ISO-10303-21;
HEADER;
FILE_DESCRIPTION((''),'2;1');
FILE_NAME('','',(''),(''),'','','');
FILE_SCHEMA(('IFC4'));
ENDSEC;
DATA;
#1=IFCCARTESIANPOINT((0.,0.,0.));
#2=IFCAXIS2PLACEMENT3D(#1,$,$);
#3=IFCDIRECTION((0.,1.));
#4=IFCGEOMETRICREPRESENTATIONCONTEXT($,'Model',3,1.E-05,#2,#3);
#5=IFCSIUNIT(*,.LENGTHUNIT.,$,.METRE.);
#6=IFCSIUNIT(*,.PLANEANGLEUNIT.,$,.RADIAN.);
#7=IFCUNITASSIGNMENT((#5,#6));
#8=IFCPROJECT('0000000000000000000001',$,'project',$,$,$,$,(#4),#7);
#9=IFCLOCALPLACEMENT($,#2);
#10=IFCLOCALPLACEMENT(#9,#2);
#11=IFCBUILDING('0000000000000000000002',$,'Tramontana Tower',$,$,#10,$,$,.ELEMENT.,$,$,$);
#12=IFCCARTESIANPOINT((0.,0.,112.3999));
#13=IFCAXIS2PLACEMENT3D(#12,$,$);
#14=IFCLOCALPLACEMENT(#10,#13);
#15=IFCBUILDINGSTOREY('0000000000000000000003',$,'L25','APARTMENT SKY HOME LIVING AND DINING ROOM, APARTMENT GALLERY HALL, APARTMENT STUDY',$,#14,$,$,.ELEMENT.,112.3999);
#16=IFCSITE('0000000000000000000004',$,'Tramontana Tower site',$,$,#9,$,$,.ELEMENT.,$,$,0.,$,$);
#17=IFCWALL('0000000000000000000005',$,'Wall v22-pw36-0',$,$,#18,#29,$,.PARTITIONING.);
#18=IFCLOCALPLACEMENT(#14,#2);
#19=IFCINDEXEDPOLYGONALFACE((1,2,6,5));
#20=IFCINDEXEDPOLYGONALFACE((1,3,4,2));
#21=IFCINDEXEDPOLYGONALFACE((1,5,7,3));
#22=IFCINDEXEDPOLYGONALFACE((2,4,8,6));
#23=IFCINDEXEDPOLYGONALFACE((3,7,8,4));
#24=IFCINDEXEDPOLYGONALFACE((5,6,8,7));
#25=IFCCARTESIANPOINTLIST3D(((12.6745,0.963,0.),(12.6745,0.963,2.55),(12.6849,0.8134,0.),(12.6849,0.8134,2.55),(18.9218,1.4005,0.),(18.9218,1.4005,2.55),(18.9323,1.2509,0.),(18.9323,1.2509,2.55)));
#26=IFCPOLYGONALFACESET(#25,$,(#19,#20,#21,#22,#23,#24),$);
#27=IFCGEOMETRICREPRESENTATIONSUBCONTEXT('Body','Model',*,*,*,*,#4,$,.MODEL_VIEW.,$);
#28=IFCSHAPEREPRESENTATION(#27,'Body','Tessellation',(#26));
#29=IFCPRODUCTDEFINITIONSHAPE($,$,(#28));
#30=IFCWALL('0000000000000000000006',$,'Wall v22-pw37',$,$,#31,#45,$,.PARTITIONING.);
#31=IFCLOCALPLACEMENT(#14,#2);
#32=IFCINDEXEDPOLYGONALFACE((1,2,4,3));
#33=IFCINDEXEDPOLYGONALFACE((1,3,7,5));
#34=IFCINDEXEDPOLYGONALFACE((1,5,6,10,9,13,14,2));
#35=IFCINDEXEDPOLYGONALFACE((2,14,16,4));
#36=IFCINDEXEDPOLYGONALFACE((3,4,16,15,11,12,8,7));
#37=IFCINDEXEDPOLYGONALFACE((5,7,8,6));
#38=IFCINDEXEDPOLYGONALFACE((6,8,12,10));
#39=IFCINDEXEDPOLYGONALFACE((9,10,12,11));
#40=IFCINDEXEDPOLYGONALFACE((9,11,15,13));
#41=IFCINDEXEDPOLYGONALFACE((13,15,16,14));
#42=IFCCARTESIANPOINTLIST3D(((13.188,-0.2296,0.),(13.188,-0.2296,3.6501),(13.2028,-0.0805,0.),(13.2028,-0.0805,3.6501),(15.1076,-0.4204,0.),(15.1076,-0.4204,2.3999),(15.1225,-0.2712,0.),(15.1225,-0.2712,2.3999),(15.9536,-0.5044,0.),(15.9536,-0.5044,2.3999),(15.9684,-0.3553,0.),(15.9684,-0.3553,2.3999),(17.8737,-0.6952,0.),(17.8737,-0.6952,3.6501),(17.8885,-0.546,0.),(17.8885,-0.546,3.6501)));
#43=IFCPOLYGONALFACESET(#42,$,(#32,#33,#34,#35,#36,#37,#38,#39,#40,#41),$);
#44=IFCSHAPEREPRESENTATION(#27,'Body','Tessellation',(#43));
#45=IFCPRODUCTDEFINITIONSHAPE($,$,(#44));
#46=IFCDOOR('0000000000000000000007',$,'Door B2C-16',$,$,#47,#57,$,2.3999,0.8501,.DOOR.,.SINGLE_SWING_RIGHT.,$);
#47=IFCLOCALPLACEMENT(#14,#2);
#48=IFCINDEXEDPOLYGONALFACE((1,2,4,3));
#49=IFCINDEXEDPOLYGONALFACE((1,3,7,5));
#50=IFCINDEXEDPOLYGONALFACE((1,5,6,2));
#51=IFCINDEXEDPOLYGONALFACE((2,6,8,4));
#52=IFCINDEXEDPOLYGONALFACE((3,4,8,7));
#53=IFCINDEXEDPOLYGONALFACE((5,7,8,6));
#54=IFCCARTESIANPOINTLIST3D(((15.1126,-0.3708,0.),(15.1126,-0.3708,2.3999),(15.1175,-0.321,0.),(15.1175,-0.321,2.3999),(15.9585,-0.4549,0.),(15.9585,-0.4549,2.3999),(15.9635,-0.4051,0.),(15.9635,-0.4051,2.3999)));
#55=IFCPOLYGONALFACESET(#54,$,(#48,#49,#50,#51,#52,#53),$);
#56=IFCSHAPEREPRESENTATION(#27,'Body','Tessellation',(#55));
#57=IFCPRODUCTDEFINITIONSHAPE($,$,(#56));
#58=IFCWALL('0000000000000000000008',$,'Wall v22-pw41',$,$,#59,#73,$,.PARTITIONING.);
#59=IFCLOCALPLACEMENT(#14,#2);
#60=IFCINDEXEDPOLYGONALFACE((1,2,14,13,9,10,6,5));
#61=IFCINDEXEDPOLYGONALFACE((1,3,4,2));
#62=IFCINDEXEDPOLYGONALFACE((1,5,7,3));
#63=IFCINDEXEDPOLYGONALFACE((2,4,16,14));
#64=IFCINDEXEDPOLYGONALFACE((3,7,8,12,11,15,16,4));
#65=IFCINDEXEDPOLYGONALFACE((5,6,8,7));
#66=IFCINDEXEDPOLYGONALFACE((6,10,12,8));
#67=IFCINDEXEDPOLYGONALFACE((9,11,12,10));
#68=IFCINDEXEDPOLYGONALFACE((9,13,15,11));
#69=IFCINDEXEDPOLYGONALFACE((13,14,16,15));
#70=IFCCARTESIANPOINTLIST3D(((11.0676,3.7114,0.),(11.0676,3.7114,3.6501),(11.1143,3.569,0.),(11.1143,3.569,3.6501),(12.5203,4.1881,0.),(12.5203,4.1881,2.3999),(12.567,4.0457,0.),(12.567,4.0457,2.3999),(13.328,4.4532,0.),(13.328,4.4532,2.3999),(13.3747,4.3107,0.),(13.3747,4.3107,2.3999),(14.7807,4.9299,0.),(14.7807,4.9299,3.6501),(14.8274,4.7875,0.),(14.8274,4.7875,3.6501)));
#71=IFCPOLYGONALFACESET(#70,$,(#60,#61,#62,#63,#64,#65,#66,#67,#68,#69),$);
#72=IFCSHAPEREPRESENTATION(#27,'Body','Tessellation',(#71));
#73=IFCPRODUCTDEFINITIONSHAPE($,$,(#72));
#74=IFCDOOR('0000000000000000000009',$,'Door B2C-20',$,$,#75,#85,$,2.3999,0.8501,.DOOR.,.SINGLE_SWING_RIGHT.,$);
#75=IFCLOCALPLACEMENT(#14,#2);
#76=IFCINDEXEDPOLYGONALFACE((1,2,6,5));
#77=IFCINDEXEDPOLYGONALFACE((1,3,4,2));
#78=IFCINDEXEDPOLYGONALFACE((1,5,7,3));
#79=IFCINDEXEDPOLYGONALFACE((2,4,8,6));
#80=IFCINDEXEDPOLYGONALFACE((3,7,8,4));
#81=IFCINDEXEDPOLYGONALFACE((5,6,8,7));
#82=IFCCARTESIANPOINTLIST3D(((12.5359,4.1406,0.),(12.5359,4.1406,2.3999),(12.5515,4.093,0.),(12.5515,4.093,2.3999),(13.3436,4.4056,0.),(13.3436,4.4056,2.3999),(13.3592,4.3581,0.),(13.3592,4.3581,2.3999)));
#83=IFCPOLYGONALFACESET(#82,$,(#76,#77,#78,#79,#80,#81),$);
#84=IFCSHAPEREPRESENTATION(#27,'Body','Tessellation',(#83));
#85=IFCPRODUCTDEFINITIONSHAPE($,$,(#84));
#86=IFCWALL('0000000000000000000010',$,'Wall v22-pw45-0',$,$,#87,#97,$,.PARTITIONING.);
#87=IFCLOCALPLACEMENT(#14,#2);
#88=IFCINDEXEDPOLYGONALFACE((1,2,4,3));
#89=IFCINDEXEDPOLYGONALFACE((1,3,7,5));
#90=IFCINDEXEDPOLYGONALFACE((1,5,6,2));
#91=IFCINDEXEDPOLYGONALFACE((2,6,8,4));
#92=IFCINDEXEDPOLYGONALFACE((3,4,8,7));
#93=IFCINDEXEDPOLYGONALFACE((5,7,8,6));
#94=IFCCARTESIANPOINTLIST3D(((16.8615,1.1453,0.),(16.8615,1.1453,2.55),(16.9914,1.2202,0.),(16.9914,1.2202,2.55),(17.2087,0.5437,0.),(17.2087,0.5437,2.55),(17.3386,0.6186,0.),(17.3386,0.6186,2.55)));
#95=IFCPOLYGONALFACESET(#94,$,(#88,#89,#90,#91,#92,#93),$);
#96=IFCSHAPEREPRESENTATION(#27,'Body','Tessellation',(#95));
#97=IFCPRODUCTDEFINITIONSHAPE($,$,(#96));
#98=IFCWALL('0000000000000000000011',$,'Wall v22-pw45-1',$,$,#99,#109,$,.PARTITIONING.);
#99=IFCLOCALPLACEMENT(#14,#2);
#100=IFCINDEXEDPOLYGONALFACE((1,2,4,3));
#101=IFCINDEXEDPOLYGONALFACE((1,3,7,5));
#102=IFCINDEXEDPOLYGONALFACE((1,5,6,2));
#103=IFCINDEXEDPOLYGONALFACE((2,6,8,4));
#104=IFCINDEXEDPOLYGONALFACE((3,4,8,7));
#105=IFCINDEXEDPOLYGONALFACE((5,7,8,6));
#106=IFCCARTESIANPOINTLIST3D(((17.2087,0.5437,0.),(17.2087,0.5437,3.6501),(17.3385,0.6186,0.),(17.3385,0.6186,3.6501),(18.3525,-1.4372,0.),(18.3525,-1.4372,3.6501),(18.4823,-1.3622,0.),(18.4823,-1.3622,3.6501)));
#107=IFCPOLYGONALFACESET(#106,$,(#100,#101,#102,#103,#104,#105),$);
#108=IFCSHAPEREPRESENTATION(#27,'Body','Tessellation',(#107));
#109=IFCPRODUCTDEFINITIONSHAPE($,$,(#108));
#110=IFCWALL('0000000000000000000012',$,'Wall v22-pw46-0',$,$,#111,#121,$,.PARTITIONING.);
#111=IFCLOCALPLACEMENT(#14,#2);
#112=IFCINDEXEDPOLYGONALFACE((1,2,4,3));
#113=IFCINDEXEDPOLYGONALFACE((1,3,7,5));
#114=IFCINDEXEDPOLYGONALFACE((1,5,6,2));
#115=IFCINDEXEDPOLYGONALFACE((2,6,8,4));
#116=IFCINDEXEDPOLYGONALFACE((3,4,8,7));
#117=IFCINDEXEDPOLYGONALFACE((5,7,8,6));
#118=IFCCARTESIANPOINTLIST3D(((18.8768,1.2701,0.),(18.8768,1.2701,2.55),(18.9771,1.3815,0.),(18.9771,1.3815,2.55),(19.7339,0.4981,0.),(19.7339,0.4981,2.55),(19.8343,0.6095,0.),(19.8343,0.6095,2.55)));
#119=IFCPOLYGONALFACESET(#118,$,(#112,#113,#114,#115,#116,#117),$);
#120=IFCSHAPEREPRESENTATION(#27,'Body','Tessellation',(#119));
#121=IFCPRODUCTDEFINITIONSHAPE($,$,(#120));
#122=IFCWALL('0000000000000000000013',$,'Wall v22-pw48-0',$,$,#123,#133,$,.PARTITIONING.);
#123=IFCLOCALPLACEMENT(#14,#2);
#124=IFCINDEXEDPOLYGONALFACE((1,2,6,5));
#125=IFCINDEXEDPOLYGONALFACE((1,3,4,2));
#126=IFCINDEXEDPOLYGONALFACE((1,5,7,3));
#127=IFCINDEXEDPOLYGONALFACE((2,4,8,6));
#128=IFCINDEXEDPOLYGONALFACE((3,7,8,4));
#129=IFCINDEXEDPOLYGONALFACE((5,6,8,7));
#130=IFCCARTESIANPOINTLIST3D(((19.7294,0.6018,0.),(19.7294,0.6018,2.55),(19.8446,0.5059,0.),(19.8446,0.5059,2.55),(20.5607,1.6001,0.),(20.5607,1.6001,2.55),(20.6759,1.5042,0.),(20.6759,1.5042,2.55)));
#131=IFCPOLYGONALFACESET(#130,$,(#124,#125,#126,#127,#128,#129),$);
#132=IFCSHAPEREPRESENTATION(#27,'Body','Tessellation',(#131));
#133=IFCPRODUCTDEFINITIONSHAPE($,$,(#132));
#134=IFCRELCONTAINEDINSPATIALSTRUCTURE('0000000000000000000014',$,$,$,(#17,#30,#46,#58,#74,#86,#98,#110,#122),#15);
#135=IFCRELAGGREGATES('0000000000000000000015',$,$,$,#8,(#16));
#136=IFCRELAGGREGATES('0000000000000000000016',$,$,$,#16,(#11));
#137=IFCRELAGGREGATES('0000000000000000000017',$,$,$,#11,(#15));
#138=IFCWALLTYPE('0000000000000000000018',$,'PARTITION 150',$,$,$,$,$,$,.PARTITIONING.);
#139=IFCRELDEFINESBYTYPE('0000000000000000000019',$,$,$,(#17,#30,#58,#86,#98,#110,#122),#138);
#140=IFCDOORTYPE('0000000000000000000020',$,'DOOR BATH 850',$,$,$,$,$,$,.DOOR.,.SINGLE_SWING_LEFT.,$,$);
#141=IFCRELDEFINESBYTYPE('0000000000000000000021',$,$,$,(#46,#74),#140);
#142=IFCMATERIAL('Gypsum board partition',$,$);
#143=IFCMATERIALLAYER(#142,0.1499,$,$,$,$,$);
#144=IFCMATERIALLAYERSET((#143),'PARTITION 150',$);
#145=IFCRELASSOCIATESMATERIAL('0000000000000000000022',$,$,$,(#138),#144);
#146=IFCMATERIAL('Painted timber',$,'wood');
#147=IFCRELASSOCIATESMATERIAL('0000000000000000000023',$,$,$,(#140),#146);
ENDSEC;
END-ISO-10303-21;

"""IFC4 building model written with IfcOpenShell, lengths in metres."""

from ifc_helpers import new_model, si_unit, direction, frame, frame_2d, origin, place, context, subcontext, project, spatial, rectangle, extrude, material, layer, layer_set, type_object, element, fill, save


model = new_model("IFC4")

# Units and contexts
model_context = context("Model", 3, precision=1e-05, world=origin(), true_north=direction((0.0, 1.0)))
body_context = subcontext(model_context, "Body", "Model", "MODEL_VIEW")
ifc_project = project(units=[si_unit("LENGTHUNIT", "METRE"), si_unit("PLANEANGLEUNIT", "RADIAN")], contexts=[model_context])

# Site, building, storey
site_placement = place(None, origin())
site = spatial("IfcSite", under=ifc_project, at=site_placement, Name="Tramontana Tower site", CompositionType="ELEMENT", RefElevation=0.0)
building_placement = place(site_placement, origin())
building = spatial("IfcBuilding", under=site, at=building_placement, Name="Tramontana Tower", CompositionType="ELEMENT")
storey_placement = place(building_placement, frame((0.0, 0.0, 112.3999)))
storey = spatial("IfcBuildingStorey", under=building, at=storey_placement, Name="L25", Description="APARTMENT SKY HOME LIVING AND DINING ROOM, APARTMENT GALLERY HALL, APARTMENT STUDY", CompositionType="ELEMENT", Elevation=112.3999)

# Shared definitions
ifc_material_1 = material(Name="Gypsum board partition")
ifc_layer_1 = layer(ifc_material_1, 0.1499)
ifc_layer_set_1 = layer_set([ifc_layer_1], Name="PARTITION 150")
wall_type_1 = type_object("IfcWallType", Name="PARTITION 150", PredefinedType="PARTITIONING", material=ifc_layer_set_1)

# Wall
wall_1_placement = place(storey_placement, frame((12.6797, 0.8882, 0.0), z_axis=(0.0, 0.0, 1.0), x_axis=(0.997557, 0.069859, 0.0)))
element("IfcWall", 1, at=wall_1_placement, inside=storey, type_object=wall_type_1, Name="Wall v22-pw36-0", PredefinedType="PARTITIONING", context=body_context, shape_type="SweptSolid", body=[
    extrude(rectangle(XDim=6.2627, YDim=0.1499, at=frame_2d((3.1313, 0.0))), origin(), (0.0, 0.0, 1.0), 2.55),
])

# Walls, openings, doors
wall_2_placement = place(storey_placement, frame((13.1953, -0.155, 0.0), z_axis=(0.0, 0.0, 1.0), x_axis=(0.9951, -0.098877, 0.0)))
wall_2 = element("IfcWall", 2, at=wall_2_placement, inside=storey, type_object=wall_type_1, Name="Wall v22-pw37", PredefinedType="PARTITIONING", context=body_context, shape_type="SweptSolid", body=[
    extrude(rectangle(XDim=4.7087, YDim=0.1499, at=frame_2d((2.3545, 0.0))), origin(), (0.0, 0.0, 1.0), 3.6501),
])
opening_1_placement = place(wall_2_placement, frame((1.9292, 0.0, 0.0)))
opening_1 = element("IfcOpeningElement", 3, at=opening_1_placement, cuts=wall_2, PredefinedType="OPENING", context=body_context, shape_type="SweptSolid", body=[
    extrude(rectangle(XDim=0.8501, YDim=2.3999, at=frame_2d((0.425, 1.2))), frame((0.0, 0.085, 0.0), z_axis=(0.0, -1.0, 0.0), x_axis=(1.0, 0.0, 0.0)), (0.0, 0.0, 1.0), 0.1699),
])
ifc_material_2 = material(Name="Painted timber", Category="wood")
door_type_1 = type_object("IfcDoorType", Name="DOOR BATH 850", OperationType="SINGLE_SWING_LEFT", PredefinedType="DOOR", material=ifc_material_2)
door_1_placement = place(opening_1_placement, origin())
door_1 = element("IfcDoor", 4, at=door_1_placement, inside=storey, type_object=door_type_1, Name="Door B2C-16", OperationType="SINGLE_SWING_RIGHT", OverallHeight=2.3999, OverallWidth=0.8501, PredefinedType="DOOR", context=body_context, shape_type="SweptSolid", body=[
    extrude(rectangle(XDim=0.8501, YDim=2.3999, at=frame_2d((0.425, 1.2))), frame((0.0, 0.0249, 0.0), z_axis=(0.0, -1.0, 0.0), x_axis=(1.0, 0.0, 0.0)), (0.0, 0.0, 1.0), 0.05),
])
fill(opening_1, door_1)
wall_3_placement = place(storey_placement, frame((11.0908, 3.6401, 0.0), z_axis=(0.0, 0.0, 1.0), x_axis=(0.950147, 0.311801, 0.0)))
wall_3 = element("IfcWall", 5, at=wall_3_placement, inside=storey, type_object=wall_type_1, Name="Wall v22-pw41", PredefinedType="PARTITIONING", context=body_context, shape_type="SweptSolid", body=[
    extrude(rectangle(XDim=3.908, YDim=0.1499, at=frame_2d((1.9541, 0.0))), origin(), (0.0, 0.0, 1.0), 3.6501),
])
opening_2_placement = place(wall_3_placement, frame((1.5291, 0.0, 0.0)))
opening_2 = element("IfcOpeningElement", 6, at=opening_2_placement, cuts=wall_3, PredefinedType="OPENING", context=body_context, shape_type="SweptSolid", body=[
    extrude(rectangle(XDim=0.8501, YDim=2.3999, at=frame_2d((0.425, 1.2))), frame((0.0, 0.085, 0.0), z_axis=(0.0, -1.0, 0.0), x_axis=(1.0, 0.0, 0.0)), (0.0, 0.0, 1.0), 0.1699),
])
door_2_placement = place(opening_2_placement, origin())
door_2 = element("IfcDoor", 7, at=door_2_placement, inside=storey, type_object=door_type_1, Name="Door B2C-20", OperationType="SINGLE_SWING_RIGHT", OverallHeight=2.3999, OverallWidth=0.8501, PredefinedType="DOOR", context=body_context, shape_type="SweptSolid", body=[
    extrude(rectangle(XDim=0.8501, YDim=2.3999, at=frame_2d((0.425, 1.2))), frame((0.0, 0.0249, 0.0), z_axis=(0.0, -1.0, 0.0), x_axis=(1.0, 0.0, 0.0)), (0.0, 0.0, 1.0), 0.05),
])
fill(opening_2, door_2)

# Walls
wall_4_placement = place(storey_placement, frame((16.9265, 1.1826, 0.0), z_axis=(0.0, 0.0, 1.0), x_axis=(0.499844, -0.866115, 0.0)))
element("IfcWall", 8, at=wall_4_placement, inside=storey, type_object=wall_type_1, Name="Wall v22-pw45-0", PredefinedType="PARTITIONING", context=body_context, shape_type="SweptSolid", body=[
    extrude(rectangle(XDim=0.6946, YDim=0.1499, at=frame_2d((0.3472, 0.0))), origin(), (0.0, 0.0, 1.0), 2.55),
])
wall_5_placement = place(storey_placement, frame((17.2737, 0.5811, 0.0), z_axis=(0.0, 0.0, 1.0), x_axis=(0.50003, -0.866008, 0.0)))
element("IfcWall", 9, at=wall_5_placement, inside=storey, type_object=wall_type_1, Name="Wall v22-pw45-1", PredefinedType="PARTITIONING", context=body_context, shape_type="SweptSolid", body=[
    extrude(rectangle(XDim=2.2874, YDim=0.1499, at=frame_2d((1.1436, 0.0))), origin(), (0.0, 0.0, 1.0), 3.6501),
])

# Walls
wall_6_placement = place(storey_placement, frame((18.927, 1.3257, 0.0), z_axis=(0.0, 0.0, 1.0), x_axis=(0.743073, -0.66921, 0.0)))
element("IfcWall", 10, at=wall_6_placement, inside=storey, type_object=wall_type_1, Name="Wall v22-pw46-0", PredefinedType="PARTITIONING", context=body_context, shape_type="SweptSolid", body=[
    extrude(rectangle(XDim=1.1536, YDim=0.1499, at=frame_2d((0.5767, 0.0))), origin(), (0.0, 0.0, 1.0), 2.55),
])
wall_7_placement = place(storey_placement, frame((19.7871, 0.554, 0.0), z_axis=(0.0, 0.0, 1.0), x_axis=(0.639907, 0.768452, 0.0)))
element("IfcWall", 11, at=wall_7_placement, inside=storey, type_object=wall_type_1, Name="Wall v22-pw48-0", PredefinedType="PARTITIONING", context=body_context, shape_type="SweptSolid", body=[
    extrude(rectangle(XDim=1.2991, YDim=0.1499, at=frame_2d((0.6494, 0.0))), origin(), (0.0, 0.0, 1.0), 2.55),
])

save(model, "model.ifc")
